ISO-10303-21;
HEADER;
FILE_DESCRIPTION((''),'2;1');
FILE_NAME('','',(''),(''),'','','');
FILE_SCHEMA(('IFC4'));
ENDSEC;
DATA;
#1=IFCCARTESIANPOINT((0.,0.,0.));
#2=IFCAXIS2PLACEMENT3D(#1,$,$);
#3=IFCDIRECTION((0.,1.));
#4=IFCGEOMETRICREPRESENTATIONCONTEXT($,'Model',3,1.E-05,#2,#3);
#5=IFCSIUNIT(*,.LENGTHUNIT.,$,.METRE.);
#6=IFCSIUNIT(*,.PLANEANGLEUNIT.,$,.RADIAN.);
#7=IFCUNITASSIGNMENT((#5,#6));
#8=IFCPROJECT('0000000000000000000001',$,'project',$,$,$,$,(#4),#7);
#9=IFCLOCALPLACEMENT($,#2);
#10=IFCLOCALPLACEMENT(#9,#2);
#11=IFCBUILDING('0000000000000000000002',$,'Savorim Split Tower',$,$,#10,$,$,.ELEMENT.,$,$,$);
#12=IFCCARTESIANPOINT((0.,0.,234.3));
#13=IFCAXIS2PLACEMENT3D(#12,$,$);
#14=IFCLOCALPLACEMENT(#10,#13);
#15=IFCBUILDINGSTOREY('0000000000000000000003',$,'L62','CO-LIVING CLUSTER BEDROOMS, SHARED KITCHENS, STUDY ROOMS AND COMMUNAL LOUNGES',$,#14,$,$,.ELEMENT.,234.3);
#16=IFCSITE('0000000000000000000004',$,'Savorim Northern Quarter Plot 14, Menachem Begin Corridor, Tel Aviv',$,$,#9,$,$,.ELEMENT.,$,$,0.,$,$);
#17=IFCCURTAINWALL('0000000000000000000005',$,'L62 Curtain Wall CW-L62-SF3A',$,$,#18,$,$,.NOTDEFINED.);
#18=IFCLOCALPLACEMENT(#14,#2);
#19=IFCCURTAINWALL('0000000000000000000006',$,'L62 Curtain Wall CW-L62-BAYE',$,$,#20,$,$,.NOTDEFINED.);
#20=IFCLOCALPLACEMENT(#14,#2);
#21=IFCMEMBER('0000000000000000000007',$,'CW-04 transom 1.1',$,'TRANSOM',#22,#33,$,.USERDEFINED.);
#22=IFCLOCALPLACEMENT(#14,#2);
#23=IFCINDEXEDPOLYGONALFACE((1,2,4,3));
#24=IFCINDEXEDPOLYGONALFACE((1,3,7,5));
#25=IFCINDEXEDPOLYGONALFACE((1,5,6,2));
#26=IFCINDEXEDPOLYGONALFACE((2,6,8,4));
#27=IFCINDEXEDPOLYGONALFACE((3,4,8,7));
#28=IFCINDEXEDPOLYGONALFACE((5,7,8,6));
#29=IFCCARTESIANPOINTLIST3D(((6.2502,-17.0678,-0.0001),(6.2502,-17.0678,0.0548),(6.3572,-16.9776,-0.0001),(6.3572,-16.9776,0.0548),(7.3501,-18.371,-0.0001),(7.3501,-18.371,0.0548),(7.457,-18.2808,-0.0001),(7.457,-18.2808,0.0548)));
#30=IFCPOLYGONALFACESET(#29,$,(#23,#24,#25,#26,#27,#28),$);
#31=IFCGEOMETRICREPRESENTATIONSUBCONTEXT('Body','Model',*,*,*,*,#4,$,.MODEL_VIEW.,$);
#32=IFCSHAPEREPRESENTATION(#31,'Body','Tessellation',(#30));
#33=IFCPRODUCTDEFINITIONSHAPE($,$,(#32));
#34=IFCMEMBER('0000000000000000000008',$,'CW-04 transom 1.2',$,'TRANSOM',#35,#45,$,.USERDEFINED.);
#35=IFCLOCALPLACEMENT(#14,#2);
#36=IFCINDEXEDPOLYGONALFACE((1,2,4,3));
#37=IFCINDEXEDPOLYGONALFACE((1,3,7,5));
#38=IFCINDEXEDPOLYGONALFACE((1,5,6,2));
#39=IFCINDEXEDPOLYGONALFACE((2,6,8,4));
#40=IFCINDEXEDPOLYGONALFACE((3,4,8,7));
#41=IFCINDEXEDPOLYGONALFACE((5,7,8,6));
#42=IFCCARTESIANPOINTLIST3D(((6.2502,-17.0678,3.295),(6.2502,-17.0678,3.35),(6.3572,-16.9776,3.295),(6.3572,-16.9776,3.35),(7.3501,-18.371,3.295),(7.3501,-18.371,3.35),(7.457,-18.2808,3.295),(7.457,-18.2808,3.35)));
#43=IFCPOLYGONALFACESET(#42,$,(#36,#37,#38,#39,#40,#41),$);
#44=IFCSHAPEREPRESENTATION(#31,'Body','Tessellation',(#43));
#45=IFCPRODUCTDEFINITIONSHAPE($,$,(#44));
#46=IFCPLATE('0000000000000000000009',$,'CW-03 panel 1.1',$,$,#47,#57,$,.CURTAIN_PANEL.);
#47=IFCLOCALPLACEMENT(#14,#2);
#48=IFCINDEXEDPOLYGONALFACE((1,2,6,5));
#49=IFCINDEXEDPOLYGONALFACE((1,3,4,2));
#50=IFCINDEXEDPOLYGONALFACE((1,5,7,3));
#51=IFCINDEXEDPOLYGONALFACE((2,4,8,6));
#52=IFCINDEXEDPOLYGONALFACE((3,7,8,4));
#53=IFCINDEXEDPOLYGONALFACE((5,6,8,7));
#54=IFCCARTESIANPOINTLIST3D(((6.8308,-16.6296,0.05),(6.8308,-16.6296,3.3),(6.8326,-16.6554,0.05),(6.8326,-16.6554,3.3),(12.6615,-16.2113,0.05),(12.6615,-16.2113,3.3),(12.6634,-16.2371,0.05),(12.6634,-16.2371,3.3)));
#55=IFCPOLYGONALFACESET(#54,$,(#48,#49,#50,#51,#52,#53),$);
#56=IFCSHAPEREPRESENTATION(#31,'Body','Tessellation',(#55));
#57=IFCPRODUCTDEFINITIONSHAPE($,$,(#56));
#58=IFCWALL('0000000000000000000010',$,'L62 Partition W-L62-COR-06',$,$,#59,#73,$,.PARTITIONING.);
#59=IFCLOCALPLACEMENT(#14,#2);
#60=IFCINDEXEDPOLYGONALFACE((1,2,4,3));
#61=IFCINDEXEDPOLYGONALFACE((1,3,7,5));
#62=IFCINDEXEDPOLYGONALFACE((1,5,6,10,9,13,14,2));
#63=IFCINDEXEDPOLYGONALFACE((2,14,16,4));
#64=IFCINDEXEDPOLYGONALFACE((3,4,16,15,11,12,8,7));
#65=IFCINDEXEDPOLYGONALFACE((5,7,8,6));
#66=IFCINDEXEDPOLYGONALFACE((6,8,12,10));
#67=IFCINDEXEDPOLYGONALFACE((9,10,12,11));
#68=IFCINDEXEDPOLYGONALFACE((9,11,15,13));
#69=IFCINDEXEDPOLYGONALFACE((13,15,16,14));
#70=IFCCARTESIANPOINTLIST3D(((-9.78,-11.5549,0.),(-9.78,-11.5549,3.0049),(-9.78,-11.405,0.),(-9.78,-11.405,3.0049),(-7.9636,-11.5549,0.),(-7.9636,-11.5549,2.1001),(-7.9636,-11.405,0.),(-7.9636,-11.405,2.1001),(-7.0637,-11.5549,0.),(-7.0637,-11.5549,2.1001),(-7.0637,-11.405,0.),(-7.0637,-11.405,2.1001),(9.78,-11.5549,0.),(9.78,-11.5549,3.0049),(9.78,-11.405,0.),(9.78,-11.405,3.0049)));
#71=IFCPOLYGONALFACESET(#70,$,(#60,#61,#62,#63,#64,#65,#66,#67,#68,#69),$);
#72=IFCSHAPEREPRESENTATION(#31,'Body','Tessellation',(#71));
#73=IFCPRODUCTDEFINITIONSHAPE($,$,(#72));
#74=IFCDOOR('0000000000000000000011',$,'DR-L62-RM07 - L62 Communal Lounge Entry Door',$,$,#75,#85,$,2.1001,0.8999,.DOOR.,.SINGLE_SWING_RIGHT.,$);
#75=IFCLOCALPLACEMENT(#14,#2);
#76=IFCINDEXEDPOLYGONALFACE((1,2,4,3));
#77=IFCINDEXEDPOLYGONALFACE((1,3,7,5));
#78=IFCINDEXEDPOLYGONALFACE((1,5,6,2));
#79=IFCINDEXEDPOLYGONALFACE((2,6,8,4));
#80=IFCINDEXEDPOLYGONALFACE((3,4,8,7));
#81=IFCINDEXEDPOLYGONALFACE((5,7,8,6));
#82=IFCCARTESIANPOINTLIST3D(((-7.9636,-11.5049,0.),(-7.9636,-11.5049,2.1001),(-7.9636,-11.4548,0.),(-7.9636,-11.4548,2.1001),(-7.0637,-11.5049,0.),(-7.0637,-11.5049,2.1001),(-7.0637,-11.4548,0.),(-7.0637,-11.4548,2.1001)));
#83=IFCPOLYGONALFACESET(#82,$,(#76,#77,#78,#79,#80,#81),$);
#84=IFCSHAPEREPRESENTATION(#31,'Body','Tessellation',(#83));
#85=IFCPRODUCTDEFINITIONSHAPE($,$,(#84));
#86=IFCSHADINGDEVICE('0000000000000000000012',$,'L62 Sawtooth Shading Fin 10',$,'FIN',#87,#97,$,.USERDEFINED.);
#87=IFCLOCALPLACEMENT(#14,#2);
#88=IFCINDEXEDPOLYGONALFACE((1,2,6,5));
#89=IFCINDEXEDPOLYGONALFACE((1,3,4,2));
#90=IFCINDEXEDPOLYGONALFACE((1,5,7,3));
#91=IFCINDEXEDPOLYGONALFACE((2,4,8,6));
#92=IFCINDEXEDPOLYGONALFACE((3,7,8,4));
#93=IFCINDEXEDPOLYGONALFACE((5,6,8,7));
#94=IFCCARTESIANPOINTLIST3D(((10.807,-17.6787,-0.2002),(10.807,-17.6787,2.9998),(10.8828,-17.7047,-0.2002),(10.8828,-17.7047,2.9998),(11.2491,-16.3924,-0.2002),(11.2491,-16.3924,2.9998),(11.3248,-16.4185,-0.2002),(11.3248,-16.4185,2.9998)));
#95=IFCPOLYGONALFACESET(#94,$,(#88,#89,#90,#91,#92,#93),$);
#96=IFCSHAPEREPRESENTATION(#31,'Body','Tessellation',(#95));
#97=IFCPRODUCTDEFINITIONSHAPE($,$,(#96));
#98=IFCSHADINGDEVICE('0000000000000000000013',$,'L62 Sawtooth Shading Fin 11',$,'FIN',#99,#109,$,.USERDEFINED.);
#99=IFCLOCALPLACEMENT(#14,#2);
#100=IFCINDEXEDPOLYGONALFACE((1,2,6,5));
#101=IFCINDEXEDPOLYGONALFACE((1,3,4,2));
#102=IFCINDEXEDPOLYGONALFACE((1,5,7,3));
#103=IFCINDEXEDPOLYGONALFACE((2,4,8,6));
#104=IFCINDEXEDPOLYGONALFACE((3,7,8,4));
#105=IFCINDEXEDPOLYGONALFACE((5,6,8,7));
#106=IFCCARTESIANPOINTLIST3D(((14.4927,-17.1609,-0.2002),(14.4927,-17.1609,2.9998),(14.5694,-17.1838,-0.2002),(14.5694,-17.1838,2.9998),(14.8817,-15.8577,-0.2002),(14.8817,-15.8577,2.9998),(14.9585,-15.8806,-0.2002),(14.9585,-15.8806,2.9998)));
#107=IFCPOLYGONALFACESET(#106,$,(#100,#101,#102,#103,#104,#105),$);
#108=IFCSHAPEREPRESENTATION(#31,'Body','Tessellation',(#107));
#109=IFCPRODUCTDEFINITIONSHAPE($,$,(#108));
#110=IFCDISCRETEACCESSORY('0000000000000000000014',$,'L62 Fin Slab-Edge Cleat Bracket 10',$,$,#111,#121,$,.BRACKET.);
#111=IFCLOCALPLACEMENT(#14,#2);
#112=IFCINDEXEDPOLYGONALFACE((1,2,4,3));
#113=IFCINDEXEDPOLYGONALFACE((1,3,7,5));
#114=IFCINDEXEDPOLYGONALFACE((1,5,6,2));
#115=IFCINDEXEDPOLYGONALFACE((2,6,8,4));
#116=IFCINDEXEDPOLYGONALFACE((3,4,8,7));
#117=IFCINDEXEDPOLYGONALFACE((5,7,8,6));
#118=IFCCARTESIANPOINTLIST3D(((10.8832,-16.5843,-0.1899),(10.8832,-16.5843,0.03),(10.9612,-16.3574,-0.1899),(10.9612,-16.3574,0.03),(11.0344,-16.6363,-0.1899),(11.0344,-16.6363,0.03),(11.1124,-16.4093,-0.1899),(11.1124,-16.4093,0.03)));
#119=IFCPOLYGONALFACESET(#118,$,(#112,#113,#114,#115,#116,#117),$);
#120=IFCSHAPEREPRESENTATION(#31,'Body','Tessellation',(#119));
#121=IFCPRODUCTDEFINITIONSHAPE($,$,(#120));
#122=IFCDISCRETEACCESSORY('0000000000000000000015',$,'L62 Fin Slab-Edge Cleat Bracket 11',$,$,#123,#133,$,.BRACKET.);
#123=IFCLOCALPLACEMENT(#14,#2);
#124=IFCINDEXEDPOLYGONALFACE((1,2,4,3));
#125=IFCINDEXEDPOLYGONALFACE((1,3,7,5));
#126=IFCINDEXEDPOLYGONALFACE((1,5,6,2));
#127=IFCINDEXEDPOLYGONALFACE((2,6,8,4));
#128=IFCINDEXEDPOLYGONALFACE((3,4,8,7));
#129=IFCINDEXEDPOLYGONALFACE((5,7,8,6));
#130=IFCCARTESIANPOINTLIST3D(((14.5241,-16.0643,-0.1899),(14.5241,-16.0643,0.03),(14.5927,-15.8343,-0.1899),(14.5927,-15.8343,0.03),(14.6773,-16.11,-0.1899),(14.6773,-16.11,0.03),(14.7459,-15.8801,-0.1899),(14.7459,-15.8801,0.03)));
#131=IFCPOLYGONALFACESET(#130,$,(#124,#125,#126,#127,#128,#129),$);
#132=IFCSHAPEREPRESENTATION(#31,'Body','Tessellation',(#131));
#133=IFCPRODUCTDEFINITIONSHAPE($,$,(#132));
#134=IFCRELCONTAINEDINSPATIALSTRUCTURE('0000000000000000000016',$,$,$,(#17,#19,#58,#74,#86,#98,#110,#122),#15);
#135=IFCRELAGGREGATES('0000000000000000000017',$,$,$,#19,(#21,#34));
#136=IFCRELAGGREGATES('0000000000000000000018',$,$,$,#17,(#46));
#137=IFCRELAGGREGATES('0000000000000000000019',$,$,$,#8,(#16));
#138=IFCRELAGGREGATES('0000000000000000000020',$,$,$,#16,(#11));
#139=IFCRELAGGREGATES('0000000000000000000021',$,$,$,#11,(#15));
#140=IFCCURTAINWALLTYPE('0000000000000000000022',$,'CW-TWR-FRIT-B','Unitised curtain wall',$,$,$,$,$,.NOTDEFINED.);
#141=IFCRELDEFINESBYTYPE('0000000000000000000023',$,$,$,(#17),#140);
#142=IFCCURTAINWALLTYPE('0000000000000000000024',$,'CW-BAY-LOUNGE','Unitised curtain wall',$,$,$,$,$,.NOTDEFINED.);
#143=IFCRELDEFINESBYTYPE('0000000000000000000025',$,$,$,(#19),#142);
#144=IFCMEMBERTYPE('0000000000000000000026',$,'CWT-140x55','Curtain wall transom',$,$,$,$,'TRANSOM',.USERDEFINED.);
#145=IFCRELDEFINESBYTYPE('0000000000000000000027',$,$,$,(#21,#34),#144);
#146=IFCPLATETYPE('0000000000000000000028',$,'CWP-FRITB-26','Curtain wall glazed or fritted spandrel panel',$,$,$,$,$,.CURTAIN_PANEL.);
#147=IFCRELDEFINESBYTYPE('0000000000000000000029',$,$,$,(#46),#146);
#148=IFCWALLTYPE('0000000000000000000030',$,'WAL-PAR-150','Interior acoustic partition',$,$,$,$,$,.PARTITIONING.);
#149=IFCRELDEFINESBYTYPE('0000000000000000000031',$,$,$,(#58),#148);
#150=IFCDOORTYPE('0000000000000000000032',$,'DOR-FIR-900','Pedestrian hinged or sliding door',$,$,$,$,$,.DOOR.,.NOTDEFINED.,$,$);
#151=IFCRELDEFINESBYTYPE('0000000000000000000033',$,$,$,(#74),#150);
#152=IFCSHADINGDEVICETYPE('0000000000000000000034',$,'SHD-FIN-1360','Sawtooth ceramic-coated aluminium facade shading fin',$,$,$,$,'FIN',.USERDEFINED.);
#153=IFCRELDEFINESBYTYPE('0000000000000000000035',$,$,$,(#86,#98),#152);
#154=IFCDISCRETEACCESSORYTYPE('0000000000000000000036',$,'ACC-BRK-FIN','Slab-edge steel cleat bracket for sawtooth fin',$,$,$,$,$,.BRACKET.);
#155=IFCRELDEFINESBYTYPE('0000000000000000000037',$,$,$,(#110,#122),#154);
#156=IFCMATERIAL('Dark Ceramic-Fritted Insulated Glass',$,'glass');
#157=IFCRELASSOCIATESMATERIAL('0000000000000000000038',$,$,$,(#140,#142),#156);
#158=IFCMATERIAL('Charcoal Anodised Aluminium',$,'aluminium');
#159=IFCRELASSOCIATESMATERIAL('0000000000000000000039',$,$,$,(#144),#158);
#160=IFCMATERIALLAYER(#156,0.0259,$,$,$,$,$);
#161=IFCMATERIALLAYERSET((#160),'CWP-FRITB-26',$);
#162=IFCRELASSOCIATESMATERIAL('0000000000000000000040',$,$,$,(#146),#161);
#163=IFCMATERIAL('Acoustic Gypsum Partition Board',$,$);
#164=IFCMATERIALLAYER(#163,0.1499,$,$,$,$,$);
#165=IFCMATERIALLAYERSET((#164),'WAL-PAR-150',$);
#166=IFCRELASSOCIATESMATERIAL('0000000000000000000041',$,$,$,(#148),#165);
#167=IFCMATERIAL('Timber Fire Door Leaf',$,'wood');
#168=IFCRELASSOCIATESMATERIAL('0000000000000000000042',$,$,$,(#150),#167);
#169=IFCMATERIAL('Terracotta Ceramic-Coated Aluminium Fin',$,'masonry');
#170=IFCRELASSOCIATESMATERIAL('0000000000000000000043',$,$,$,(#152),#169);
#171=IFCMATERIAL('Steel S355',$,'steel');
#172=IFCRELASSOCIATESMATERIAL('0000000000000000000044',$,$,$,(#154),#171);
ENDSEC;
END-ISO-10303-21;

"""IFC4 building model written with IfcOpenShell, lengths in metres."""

from ifc_helpers import new_model, si_unit, direction, frame, frame_2d, origin, origin_2d, place, context, subcontext, project, spatial, rectangle, extrude, material, layer, layer_set, material_profile, profile_set, type_object, element, fill, aggregate, save


model = new_model("IFC4")

# Units and contexts
model_context = context("Model", 3, precision=1e-05, world=origin(), true_north=direction((0.0, 1.0)))
body_context = subcontext(model_context, "Body", "Model", "MODEL_VIEW")
ifc_project = project(units=[si_unit("LENGTHUNIT", "METRE"), si_unit("PLANEANGLEUNIT", "RADIAN")], contexts=[model_context])

# Site, building, storey
site_placement = place(None, origin())
site = spatial("IfcSite", under=ifc_project, at=site_placement, Name="Savorim Northern Quarter Plot 14, Menachem Begin Corridor, Tel Aviv", CompositionType="ELEMENT", RefElevation=0.0)
building_placement = place(site_placement, origin())
building = spatial("IfcBuilding", under=site, at=building_placement, Name="Savorim Split Tower", CompositionType="ELEMENT")
storey_placement = place(building_placement, frame((0.0, 0.0, 234.3)))
storey = spatial("IfcBuildingStorey", under=building, at=storey_placement, Name="L62", Description="CO-LIVING CLUSTER BEDROOMS, SHARED KITCHENS, STUDY ROOMS AND COMMUNAL LOUNGES", CompositionType="ELEMENT", Elevation=234.3)

# Shared definitions
ifc_material_1 = material(Name="Steel S355", Category="steel")

# Curtain walls
ifc_material_2 = material(Name="Dark Ceramic-Fritted Insulated Glass", Category="glass")
curtain_wall_type_1 = type_object("IfcCurtainWallType", Name="CW-TWR-FRIT-B", Description="Unitised curtain wall", PredefinedType="NOTDEFINED", material=ifc_material_2)
curtain_wall_1_placement = place(storey_placement, origin())
curtain_wall_1 = element("IfcCurtainWall", 1, at=curtain_wall_1_placement, inside=storey, type_object=curtain_wall_type_1, Name="L62 Curtain Wall CW-L62-SF3A", PredefinedType="NOTDEFINED")
ifc_material_3 = material(Name="Charcoal Anodised Aluminium", Category="aluminium")
curtain_wall_type_2 = type_object("IfcCurtainWallType", Name="CW-BAY-LOUNGE", Description="Unitised curtain wall", PredefinedType="NOTDEFINED", material=ifc_material_2)
curtain_wall_2_placement = place(storey_placement, origin())
curtain_wall_2 = element("IfcCurtainWall", 2, at=curtain_wall_2_placement, inside=storey, type_object=curtain_wall_type_2, Name="L62 Curtain Wall CW-L62-BAYE", PredefinedType="NOTDEFINED")

# Members
ifc_material_profile_1 = material_profile(ifc_material_3, rectangle(XDim=0.1399, YDim=0.0549, at=origin_2d()), Name="ALU-T 140x55")
ifc_profile_set_1 = profile_set([ifc_material_profile_1], Name="Charcoal Anodised Aluminium")
member_type_1 = type_object("IfcMemberType", Name="CWT-140x55", Description="Curtain wall transom", ElementType="TRANSOM", PredefinedType="USERDEFINED", material=ifc_profile_set_1)
member_1_placement = place(storey_placement, frame((7.4036, -18.3259, 0.0273), z_axis=(-0.64496, 0.764217, 0.0), x_axis=(-0.764217, -0.64496, 0.0)))
member_1 = element("IfcMember", 3, at=member_1_placement, type_object=member_type_1, Name="CW-04 transom 1.1", ObjectType="TRANSOM", PredefinedType="USERDEFINED", context=body_context, shape_type="SweptSolid", body=[
    extrude(rectangle(XDim=0.1399, YDim=0.0549, at=origin_2d()), origin(), (0.0, 0.0, 1.0), 1.7053),
])
member_2_placement = place(storey_placement, frame((7.4036, -18.3259, 3.3225), z_axis=(-0.64496, 0.764217, 0.0), x_axis=(-0.764217, -0.64496, 0.0)))
member_2 = element("IfcMember", 4, at=member_2_placement, type_object=member_type_1, Name="CW-04 transom 1.2", ObjectType="TRANSOM", PredefinedType="USERDEFINED", context=body_context, shape_type="SweptSolid", body=[
    extrude(rectangle(XDim=0.1399, YDim=0.0549, at=origin_2d()), origin(), (0.0, 0.0, 1.0), 1.7053),
])
aggregate(curtain_wall_2, [member_1, member_2])

# Plate
ifc_layer_1 = layer(ifc_material_2, 0.0259)
ifc_layer_set_1 = layer_set([ifc_layer_1], Name="CWP-FRITB-26")
plate_type = type_object("IfcPlateType", Name="CWP-FRITB-26", Description="Curtain wall glazed or fritted spandrel panel", PredefinedType="CURTAIN_PANEL", material=ifc_layer_set_1)
plate_placement = place(storey_placement, frame((9.7471, -16.4333, 0.05), z_axis=(0.0, 0.0, 1.0), x_axis=(0.997436, 0.071558, 0.0)))
plate = element("IfcPlate", 5, at=plate_placement, type_object=plate_type, Name="CW-03 panel 1.1", PredefinedType="CURTAIN_PANEL", context=body_context, shape_type="SweptSolid", body=[
    extrude(rectangle(XDim=5.8457, YDim=0.0259, at=origin_2d()), origin(), (0.0, 0.0, 1.0), 3.25),
])
aggregate(curtain_wall_1, [plate])

# Wall, opening, door
ifc_material_4 = material(Name="Acoustic Gypsum Partition Board")
ifc_layer_2 = layer(ifc_material_4, 0.1499)
ifc_layer_set_2 = layer_set([ifc_layer_2], Name="WAL-PAR-150")
wall_type = type_object("IfcWallType", Name="WAL-PAR-150", Description="Interior acoustic partition", PredefinedType="PARTITIONING", material=ifc_layer_set_2)
wall_placement = place(storey_placement, frame((9.78, -11.48, 0.0), z_axis=(0.0, 0.0, 1.0), x_axis=(-1.0, 0.0, 0.0)))
wall = element("IfcWall", 6, at=wall_placement, inside=storey, type_object=wall_type, Name="L62 Partition W-L62-COR-06", PredefinedType="PARTITIONING", context=body_context, shape_type="SweptSolid", body=[
    extrude(rectangle(XDim=19.5601, YDim=0.1499, at=frame_2d((9.78, 0.0))), origin(), (0.0, 0.0, 1.0), 3.0049),
])
opening_placement = place(wall_placement, frame((16.8438, 0.0, 0.0)))
opening = element("IfcOpeningElement", 7, at=opening_placement, cuts=wall, PredefinedType="OPENING", context=body_context, shape_type="SweptSolid", body=[
    extrude(rectangle(XDim=0.8999, YDim=2.1001, at=frame_2d((0.45, 1.05))), frame((0.0, 0.085, 0.0), z_axis=(0.0, -1.0, 0.0), x_axis=(1.0, 0.0, 0.0)), (0.0, 0.0, 1.0), 0.1699),
])
ifc_material_5 = material(Name="Timber Fire Door Leaf", Category="wood")
door_type = type_object("IfcDoorType", Name="DOR-FIR-900", Description="Pedestrian hinged or sliding door", OperationType="NOTDEFINED", PredefinedType="DOOR", material=ifc_material_5)
door_placement = place(opening_placement, origin())
door = element("IfcDoor", 8, at=door_placement, inside=storey, type_object=door_type, Name="DR-L62-RM07 - L62 Communal Lounge Entry Door", OperationType="SINGLE_SWING_RIGHT", OverallHeight=2.1001, OverallWidth=0.8999, PredefinedType="DOOR", context=body_context, shape_type="SweptSolid", body=[
    extrude(rectangle(XDim=0.8999, YDim=2.1001, at=frame_2d((0.45, 1.05))), frame((0.0, 0.0249, 0.0), z_axis=(0.0, -1.0, 0.0), x_axis=(1.0, 0.0, 0.0)), (0.0, 0.0, 1.0), 0.05),
])
fill(opening, door)

# Shading devices
ifc_material_6 = material(Name="Terracotta Ceramic-Coated Aluminium Fin", Category="masonry")
shading_device_type = type_object("IfcShadingDeviceType", Name="SHD-FIN-1360", Description="Sawtooth ceramic-coated aluminium facade shading fin", ElementType="FIN", PredefinedType="USERDEFINED", material=ifc_material_6)
for number, where, z_axis, x_axis, name in (
    (9, (11.0659, -17.0486, -0.2002), (0.0, 0.0, 1.0), (-0.324994, -0.945716, 0.0), "L62 Sawtooth Shading Fin 10"),
    (10, (14.7256, -16.5208, -0.2002), (0.0, 0.0, 1.0), (-0.286026, -0.958222, 0.0), "L62 Sawtooth Shading Fin 11"),
):
    element("IfcShadingDevice", number, at=place(storey_placement, frame(where, z_axis=z_axis, x_axis=x_axis)), inside=storey, type_object=shading_device_type, Name=name, ObjectType="FIN", PredefinedType="USERDEFINED", context=body_context, shape_type="SweptSolid", body=[
        extrude(rectangle(XDim=1.3601, YDim=0.0801, at=origin_2d()), origin(), (0.0, 0.0, 1.0), 3.2),
    ])

# Discrete accessories
discrete_accessory_type = type_object("IfcDiscreteAccessoryType", Name="ACC-BRK-FIN", Description="Slab-edge steel cleat bracket for sawtooth fin", PredefinedType="BRACKET", material=ifc_material_1)
for number, where, z_axis, x_axis, name in (
    (11, (10.9978, -16.4968, -0.1899), (0.0, 0.0, 1.0), (-0.324994, -0.945716, 0.0), "L62 Fin Slab-Edge Cleat Bracket 10"),
    (12, (14.635, -15.9722, -0.1899), (0.0, 0.0, 1.0), (-0.286026, -0.958222, 0.0), "L62 Fin Slab-Edge Cleat Bracket 11"),
):
    element("IfcDiscreteAccessory", number, at=place(storey_placement, frame(where, z_axis=z_axis, x_axis=x_axis)), inside=storey, type_object=discrete_accessory_type, Name=name, PredefinedType="BRACKET", context=body_context, shape_type="SweptSolid", body=[
        extrude(rectangle(XDim=0.24, YDim=0.1599, at=origin_2d()), origin(), (0.0, 0.0, 1.0), 0.22),
    ])

save(model, "model.ifc")
